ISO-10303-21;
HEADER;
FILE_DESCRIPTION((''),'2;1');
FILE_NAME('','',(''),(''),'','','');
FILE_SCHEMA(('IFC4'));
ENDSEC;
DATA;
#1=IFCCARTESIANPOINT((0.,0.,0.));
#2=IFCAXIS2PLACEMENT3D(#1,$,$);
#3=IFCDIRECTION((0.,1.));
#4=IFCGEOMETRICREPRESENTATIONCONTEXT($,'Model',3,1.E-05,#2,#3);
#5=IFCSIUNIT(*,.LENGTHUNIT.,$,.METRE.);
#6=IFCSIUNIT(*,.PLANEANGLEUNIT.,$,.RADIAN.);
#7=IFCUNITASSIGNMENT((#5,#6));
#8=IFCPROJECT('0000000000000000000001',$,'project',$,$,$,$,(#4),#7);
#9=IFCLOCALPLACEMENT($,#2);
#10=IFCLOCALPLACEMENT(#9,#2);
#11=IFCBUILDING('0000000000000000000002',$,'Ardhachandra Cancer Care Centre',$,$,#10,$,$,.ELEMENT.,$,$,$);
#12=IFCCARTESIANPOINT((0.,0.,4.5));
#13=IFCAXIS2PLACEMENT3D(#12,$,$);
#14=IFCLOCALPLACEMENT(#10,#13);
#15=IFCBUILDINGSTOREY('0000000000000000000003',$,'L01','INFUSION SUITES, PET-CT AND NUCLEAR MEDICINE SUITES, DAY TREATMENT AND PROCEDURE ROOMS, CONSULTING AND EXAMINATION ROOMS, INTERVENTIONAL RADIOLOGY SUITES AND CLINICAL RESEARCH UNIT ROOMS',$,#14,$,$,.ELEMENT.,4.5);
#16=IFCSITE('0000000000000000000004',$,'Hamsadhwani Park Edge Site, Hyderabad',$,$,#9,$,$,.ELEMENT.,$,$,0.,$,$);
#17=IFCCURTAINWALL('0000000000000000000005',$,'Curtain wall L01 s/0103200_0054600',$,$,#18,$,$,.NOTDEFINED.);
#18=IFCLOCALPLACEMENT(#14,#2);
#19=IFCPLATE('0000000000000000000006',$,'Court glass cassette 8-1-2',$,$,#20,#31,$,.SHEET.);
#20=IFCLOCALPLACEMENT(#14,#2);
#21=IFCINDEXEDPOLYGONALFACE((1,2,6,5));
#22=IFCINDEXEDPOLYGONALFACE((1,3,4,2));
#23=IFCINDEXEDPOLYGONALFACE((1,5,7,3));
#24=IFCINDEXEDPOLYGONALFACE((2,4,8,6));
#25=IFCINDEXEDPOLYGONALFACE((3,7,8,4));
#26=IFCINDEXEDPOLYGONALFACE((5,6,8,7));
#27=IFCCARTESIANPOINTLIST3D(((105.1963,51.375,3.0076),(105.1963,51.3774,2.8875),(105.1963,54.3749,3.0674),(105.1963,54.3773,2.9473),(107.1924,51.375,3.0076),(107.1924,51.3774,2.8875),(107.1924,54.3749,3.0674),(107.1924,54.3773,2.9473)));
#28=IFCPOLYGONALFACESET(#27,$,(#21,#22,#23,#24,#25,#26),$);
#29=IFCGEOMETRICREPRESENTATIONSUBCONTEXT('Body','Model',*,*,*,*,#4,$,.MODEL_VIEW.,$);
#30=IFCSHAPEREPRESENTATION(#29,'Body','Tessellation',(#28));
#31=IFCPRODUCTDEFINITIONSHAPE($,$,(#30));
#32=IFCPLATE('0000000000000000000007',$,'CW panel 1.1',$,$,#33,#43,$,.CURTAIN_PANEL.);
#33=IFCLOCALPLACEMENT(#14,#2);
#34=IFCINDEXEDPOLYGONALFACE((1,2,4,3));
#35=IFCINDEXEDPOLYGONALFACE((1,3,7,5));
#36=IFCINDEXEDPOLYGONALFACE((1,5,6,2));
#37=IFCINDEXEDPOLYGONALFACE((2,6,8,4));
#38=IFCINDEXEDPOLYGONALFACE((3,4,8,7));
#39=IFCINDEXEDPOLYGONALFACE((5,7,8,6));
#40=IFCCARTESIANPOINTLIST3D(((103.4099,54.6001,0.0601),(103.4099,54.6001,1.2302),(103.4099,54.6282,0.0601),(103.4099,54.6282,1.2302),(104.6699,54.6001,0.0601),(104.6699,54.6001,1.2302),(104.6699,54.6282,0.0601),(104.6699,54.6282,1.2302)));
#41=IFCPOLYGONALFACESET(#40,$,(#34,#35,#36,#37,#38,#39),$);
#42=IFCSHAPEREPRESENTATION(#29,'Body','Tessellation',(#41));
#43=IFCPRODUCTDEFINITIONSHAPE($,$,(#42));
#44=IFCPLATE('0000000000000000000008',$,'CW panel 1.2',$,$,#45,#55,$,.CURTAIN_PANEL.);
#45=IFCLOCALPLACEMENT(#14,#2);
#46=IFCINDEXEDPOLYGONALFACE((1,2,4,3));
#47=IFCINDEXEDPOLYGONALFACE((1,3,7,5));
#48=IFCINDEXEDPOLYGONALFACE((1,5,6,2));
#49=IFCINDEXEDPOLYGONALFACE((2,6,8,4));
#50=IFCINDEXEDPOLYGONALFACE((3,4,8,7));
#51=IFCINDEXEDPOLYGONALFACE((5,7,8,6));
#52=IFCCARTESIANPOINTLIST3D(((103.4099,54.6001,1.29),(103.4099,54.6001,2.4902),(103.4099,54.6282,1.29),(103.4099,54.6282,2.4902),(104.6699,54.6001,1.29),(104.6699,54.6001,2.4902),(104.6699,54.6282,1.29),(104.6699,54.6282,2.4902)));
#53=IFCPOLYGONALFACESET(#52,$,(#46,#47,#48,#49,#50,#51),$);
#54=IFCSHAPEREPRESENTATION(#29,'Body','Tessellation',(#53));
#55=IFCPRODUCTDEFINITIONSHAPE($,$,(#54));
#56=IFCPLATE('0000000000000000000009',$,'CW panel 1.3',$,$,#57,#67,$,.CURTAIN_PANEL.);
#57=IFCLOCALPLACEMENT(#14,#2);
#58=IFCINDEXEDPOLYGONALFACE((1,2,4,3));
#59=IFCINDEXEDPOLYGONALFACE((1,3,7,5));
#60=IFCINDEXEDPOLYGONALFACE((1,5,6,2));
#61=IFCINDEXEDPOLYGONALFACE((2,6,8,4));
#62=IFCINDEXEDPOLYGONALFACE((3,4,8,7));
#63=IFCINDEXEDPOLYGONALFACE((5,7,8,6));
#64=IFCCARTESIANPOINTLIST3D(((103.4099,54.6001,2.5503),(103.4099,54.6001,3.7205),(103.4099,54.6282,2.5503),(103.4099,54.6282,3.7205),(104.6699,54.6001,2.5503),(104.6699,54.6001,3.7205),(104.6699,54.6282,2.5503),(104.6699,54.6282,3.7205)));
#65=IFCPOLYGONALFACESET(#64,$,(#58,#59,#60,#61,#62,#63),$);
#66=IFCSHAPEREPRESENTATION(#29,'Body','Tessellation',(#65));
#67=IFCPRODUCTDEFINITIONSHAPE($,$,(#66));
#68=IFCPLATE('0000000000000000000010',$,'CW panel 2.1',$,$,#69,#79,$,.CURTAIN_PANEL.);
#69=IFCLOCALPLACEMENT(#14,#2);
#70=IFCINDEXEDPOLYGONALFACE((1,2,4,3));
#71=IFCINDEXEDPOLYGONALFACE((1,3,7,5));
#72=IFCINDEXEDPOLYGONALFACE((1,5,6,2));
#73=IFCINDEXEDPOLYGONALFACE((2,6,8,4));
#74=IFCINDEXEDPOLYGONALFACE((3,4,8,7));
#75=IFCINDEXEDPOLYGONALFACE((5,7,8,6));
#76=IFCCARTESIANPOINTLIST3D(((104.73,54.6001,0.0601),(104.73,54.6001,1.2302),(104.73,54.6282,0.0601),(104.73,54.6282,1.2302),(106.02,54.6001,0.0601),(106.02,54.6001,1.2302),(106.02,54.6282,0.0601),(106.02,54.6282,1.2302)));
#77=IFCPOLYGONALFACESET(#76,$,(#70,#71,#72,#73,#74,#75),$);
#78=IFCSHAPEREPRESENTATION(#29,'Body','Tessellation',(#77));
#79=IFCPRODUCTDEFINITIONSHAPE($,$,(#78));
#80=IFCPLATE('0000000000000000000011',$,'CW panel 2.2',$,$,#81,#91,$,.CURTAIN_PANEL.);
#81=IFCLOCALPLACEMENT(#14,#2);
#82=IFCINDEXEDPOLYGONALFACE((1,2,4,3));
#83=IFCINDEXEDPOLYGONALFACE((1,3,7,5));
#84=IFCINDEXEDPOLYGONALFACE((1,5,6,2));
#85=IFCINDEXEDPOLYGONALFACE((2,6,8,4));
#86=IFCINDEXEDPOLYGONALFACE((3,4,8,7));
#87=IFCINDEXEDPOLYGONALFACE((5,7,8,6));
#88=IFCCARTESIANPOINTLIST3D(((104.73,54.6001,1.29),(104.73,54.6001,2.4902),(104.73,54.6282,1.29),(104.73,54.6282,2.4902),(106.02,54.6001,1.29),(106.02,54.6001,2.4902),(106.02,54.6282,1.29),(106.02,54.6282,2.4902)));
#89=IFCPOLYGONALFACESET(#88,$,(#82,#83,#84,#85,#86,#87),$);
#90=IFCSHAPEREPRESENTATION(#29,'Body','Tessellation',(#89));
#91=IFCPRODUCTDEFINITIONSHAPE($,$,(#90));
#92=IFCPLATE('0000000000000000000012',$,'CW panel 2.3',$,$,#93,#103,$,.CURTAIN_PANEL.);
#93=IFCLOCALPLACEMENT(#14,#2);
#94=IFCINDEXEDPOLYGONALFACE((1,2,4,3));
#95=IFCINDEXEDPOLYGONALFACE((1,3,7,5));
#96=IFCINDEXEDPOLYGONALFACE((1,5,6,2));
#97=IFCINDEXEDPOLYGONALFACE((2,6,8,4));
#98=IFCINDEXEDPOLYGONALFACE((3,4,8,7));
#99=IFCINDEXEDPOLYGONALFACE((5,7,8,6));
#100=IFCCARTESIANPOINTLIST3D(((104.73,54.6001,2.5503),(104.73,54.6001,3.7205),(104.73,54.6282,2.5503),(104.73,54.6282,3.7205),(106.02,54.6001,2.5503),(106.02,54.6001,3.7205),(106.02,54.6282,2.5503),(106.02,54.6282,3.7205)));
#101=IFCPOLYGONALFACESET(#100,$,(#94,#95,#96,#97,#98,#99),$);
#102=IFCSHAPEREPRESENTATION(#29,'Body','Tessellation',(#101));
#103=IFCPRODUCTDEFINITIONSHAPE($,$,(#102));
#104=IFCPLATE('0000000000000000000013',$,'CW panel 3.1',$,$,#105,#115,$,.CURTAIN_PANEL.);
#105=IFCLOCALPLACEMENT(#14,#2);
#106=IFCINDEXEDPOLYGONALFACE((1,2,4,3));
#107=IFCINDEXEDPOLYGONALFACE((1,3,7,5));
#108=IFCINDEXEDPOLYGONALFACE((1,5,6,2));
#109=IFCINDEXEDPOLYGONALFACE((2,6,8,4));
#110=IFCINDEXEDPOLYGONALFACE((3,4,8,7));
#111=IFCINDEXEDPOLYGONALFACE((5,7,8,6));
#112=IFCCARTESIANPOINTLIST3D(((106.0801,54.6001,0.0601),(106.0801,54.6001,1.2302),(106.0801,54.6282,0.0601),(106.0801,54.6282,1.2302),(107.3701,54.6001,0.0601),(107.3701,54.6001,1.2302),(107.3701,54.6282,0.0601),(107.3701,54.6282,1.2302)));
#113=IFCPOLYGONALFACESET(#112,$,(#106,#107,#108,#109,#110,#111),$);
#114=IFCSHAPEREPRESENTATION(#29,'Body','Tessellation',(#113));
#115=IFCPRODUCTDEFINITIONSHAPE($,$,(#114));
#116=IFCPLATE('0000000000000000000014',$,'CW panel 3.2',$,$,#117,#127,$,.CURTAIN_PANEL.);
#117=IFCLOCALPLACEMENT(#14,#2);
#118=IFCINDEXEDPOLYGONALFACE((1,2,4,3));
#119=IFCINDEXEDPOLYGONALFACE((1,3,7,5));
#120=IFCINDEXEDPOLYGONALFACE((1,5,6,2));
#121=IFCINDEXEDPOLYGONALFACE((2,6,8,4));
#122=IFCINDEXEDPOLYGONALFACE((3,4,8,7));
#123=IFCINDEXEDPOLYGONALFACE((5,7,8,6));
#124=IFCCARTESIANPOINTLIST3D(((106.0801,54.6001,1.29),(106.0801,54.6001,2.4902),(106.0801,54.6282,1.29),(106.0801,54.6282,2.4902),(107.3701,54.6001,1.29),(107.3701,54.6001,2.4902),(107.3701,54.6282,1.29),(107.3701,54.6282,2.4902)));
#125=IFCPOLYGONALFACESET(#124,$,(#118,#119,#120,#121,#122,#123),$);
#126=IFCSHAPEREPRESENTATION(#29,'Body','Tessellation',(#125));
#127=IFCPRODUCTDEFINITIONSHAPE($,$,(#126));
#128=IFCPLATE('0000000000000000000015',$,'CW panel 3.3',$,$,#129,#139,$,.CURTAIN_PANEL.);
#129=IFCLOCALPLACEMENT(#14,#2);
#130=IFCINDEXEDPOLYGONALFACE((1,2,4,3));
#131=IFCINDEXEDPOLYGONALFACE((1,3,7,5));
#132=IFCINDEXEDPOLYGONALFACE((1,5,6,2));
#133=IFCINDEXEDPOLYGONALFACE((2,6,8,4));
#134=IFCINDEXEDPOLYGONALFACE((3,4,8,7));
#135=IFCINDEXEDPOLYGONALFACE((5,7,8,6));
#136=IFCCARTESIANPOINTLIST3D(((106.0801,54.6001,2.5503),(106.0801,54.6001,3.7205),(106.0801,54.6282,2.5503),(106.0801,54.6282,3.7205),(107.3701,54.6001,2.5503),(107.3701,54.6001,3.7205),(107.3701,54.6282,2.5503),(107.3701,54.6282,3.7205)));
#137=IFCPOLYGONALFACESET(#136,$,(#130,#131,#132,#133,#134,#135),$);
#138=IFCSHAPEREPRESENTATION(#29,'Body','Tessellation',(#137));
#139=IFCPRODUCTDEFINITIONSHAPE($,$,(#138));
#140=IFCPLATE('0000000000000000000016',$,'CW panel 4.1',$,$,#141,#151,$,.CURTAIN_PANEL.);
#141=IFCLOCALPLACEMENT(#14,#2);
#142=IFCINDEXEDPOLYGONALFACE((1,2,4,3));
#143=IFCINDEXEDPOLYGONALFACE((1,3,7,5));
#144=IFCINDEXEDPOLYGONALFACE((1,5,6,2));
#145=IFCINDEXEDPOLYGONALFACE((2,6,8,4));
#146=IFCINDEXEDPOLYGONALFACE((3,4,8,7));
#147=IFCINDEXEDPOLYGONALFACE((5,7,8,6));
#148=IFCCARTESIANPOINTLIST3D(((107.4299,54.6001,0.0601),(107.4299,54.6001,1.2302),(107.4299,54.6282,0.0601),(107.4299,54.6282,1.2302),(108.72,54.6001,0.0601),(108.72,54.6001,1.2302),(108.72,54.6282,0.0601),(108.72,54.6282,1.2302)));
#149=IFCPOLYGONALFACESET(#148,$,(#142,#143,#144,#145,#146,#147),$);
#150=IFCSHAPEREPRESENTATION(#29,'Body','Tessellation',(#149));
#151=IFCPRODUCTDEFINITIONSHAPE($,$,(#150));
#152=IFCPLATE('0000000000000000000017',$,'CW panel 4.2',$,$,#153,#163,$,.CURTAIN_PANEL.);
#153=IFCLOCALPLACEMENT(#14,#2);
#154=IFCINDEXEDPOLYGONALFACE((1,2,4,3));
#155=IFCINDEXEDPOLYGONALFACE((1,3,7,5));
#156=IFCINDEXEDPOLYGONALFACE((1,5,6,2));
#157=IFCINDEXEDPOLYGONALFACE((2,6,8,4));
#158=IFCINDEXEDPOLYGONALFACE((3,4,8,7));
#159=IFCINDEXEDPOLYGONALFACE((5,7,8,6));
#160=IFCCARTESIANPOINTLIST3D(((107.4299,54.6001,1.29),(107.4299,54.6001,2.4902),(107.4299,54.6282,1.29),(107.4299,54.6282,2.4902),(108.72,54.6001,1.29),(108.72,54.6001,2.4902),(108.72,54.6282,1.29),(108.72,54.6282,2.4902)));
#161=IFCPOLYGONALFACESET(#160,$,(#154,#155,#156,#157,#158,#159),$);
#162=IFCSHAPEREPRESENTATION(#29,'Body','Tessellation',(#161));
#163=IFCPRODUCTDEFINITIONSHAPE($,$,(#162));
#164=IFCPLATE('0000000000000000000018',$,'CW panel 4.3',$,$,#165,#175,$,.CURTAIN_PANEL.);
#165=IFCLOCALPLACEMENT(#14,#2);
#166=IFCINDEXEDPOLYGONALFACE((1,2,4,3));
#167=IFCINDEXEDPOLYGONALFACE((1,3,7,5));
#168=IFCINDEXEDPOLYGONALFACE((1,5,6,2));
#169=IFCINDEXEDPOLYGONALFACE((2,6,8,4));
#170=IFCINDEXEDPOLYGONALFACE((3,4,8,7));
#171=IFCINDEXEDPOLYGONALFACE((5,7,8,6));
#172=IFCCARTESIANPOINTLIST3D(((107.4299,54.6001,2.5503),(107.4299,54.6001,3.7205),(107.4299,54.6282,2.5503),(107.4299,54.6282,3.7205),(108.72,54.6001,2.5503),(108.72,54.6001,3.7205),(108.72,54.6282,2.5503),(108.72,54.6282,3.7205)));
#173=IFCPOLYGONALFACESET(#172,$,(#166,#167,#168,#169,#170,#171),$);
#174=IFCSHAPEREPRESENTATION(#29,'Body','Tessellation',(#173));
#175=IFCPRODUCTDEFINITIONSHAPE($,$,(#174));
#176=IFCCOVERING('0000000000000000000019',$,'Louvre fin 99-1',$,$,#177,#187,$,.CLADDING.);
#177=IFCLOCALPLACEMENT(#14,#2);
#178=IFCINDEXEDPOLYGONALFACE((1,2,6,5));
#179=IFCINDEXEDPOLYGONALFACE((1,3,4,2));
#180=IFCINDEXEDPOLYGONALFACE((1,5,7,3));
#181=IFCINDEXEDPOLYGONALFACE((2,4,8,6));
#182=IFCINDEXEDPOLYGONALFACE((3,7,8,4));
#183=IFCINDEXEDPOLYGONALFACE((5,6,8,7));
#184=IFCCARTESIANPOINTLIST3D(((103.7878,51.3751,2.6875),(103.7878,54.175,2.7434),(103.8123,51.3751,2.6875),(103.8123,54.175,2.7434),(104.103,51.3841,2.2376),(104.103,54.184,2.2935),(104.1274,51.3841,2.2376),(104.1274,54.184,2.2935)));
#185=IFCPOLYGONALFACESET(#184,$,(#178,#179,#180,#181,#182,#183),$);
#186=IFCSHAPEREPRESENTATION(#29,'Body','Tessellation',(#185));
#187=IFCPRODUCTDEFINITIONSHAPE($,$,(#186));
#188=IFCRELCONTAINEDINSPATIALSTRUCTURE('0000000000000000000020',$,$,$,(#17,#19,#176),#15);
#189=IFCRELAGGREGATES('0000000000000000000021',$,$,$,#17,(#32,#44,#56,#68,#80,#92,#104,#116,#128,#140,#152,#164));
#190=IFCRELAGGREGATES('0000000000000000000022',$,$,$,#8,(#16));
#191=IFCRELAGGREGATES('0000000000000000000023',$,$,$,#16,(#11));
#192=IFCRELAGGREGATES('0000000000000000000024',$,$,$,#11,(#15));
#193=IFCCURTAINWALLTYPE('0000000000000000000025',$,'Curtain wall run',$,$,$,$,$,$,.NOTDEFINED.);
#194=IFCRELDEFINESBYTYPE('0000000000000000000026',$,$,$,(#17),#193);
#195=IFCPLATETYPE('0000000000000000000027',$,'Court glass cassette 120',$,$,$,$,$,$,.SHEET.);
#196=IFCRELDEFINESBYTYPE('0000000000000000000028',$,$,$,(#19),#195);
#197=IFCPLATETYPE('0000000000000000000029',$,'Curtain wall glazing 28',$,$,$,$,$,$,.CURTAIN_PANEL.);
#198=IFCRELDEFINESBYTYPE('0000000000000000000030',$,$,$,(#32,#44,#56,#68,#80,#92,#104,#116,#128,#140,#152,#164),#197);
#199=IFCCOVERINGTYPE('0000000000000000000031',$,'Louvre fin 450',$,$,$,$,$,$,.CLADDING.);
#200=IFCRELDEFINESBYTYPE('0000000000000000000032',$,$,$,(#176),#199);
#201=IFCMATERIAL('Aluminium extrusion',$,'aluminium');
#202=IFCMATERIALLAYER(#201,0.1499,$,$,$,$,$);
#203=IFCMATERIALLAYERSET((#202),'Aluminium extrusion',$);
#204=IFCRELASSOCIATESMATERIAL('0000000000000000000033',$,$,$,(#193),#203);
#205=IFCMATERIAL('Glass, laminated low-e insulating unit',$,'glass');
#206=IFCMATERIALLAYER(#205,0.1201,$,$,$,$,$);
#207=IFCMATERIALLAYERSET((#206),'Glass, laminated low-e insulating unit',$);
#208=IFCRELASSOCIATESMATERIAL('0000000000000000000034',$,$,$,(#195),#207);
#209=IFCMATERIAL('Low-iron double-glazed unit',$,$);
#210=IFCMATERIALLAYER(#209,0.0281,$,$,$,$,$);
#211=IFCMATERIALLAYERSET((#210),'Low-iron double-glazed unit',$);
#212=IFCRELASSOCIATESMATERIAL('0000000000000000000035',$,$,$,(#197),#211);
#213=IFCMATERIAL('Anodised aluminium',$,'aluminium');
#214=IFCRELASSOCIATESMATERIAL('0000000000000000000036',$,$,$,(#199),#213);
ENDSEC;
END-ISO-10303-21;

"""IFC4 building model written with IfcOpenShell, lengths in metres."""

from ifc_helpers import new_model, si_unit, direction, frame, origin, place, context, subcontext, project, spatial, polyline, outline, extrude, material, layer, layer_set, material_profile, profile_set, type_object, element, aggregate, save


model = new_model("IFC4")

# Units and contexts
model_context = context("Model", 3, precision=1e-05, world=origin(), true_north=direction((0.0, 1.0)))
body_context = subcontext(model_context, "Body", "Model", "MODEL_VIEW")
ifc_project = project(units=[si_unit("LENGTHUNIT", "METRE"), si_unit("PLANEANGLEUNIT", "RADIAN")], contexts=[model_context])

# Site, building, storey
site_placement = place(None, origin())
site = spatial("IfcSite", under=ifc_project, at=site_placement, Name="Hamsadhwani Park Edge Site, Hyderabad", CompositionType="ELEMENT", RefElevation=0.0)
building_placement = place(site_placement, origin())
building = spatial("IfcBuilding", under=site, at=building_placement, Name="Ardhachandra Cancer Care Centre", CompositionType="ELEMENT")
storey_placement = place(building_placement, frame((0.0, 0.0, 4.5)))
storey = spatial("IfcBuildingStorey", under=building, at=storey_placement, Name="L01", Description="INFUSION SUITES, PET-CT AND NUCLEAR MEDICINE SUITES, DAY TREATMENT AND PROCEDURE ROOMS, CONSULTING AND EXAMINATION ROOMS, INTERVENTIONAL RADIOLOGY SUITES AND CLINICAL RESEARCH UNIT ROOMS", CompositionType="ELEMENT", Elevation=4.5)

# Curtain wall
ifc_material_1 = material(Name="Aluminium extrusion", Category="aluminium")
ifc_layer_1 = layer(ifc_material_1, 0.1499)
ifc_layer_set_1 = layer_set([ifc_layer_1], Name="Aluminium extrusion")
curtain_wall_type = type_object("IfcCurtainWallType", Name="Curtain wall run", PredefinedType="NOTDEFINED", material=ifc_layer_set_1)
curtain_wall_placement = place(storey_placement, origin())
curtain_wall = element("IfcCurtainWall", 1, at=curtain_wall_placement, inside=storey, type_object=curtain_wall_type, Name="Curtain wall L01 s/0103200_0054600", PredefinedType="NOTDEFINED")

# Plates
ifc_material_2 = material(Name="Glass, laminated low-e insulating unit", Category="glass")
ifc_layer_2 = layer(ifc_material_2, 0.1201)
ifc_layer_set_2 = layer_set([ifc_layer_2], Name="Glass, laminated low-e insulating unit")
plate_type_1 = type_object("IfcPlateType", Name="Court glass cassette 120", PredefinedType="SHEET", material=ifc_layer_set_2)
plate_1_placement = place(storey_placement, frame((107.1924, 51.375, 3.0076), z_axis=(0.0, -0.019934, 0.999801), x_axis=(-1.0, 0.0, 0.0)))
element("IfcPlate", 2, at=plate_1_placement, inside=storey, type_object=plate_type_1, Name="Court glass cassette 8-1-2", PredefinedType="SHEET", context=body_context, shape_type="SweptSolid", body=[
    extrude(outline(polyline([(0.0, -3.0005), (1.9961, -3.0005), (1.9961, 0.0), (0.0, 0.0), (0.0, -3.0005)])), frame((0.0, 0.0, -0.1201)), (0.0, 0.0, 1.0), 0.1201),
])
ifc_material_3 = material(Name="Low-iron double-glazed unit")
ifc_layer_3 = layer(ifc_material_3, 0.0281)
ifc_layer_set_3 = layer_set([ifc_layer_3], Name="Low-iron double-glazed unit")
plate_type_2 = type_object("IfcPlateType", Name="Curtain wall glazing 28", PredefinedType="CURTAIN_PANEL", material=ifc_layer_set_3)
plate_2_placement = place(storey_placement, frame((103.4099, 54.6001, 0.0601), z_axis=(0.0, 1.0, 0.0), x_axis=(0.0, 0.0, 1.0)))
plate_2 = element("IfcPlate", 3, at=plate_2_placement, type_object=plate_type_2, Name="CW panel 1.1", PredefinedType="CURTAIN_PANEL", context=body_context, shape_type="SweptSolid", body=[
    extrude(outline(polyline([(0.0, 0.0), (1.1702, 0.0), (1.1702, 1.26), (0.0, 1.26), (0.0, 0.0)])), origin(), (0.0, 0.0, 1.0), 0.0281),
])
plate_3_placement = place(storey_placement, frame((103.4099, 54.6001, 1.29), z_axis=(0.0, 1.0, 0.0), x_axis=(0.0, 0.0, 1.0)))
plate_3 = element("IfcPlate", 4, at=plate_3_placement, type_object=plate_type_2, Name="CW panel 1.2", PredefinedType="CURTAIN_PANEL", context=body_context, shape_type="SweptSolid", body=[
    extrude(outline(polyline([(0.0, 0.0), (1.2002, 0.0), (1.2002, 1.26), (0.0, 1.26), (0.0, 0.0)])), origin(), (0.0, 0.0, 1.0), 0.0281),
])
plate_4_placement = place(storey_placement, frame((103.4099, 54.6001, 2.5503), z_axis=(0.0, 1.0, 0.0), x_axis=(0.0, 0.0, 1.0)))
plate_4 = element("IfcPlate", 5, at=plate_4_placement, type_object=plate_type_2, Name="CW panel 1.3", PredefinedType="CURTAIN_PANEL", context=body_context, shape_type="SweptSolid", body=[
    extrude(outline(polyline([(0.0, 0.0), (1.1702, 0.0), (1.1702, 1.26), (0.0, 1.26), (0.0, 0.0)])), origin(), (0.0, 0.0, 1.0), 0.0281),
])
plate_5_placement = place(storey_placement, frame((104.73, 54.6001, 0.0601), z_axis=(0.0, 1.0, 0.0), x_axis=(0.0, 0.0, 1.0)))
plate_5 = element("IfcPlate", 6, at=plate_5_placement, type_object=plate_type_2, Name="CW panel 2.1", PredefinedType="CURTAIN_PANEL", context=body_context, shape_type="SweptSolid", body=[
    extrude(outline(polyline([(0.0, 0.0), (1.1702, 0.0), (1.1702, 1.29), (0.0, 1.29), (0.0, 0.0)])), origin(), (0.0, 0.0, 1.0), 0.0281),
])
plate_6_placement = place(storey_placement, frame((104.73, 54.6001, 1.29), z_axis=(0.0, 1.0, 0.0), x_axis=(0.0, 0.0, 1.0)))
plate_6 = element("IfcPlate", 7, at=plate_6_placement, type_object=plate_type_2, Name="CW panel 2.2", PredefinedType="CURTAIN_PANEL", context=body_context, shape_type="SweptSolid", body=[
    extrude(outline(polyline([(0.0, 0.0), (1.2002, 0.0), (1.2002, 1.29), (0.0, 1.29), (0.0, 0.0)])), origin(), (0.0, 0.0, 1.0), 0.0281),
])
plate_7_placement = place(storey_placement, frame((104.73, 54.6001, 2.5503), z_axis=(0.0, 1.0, 0.0), x_axis=(0.0, 0.0, 1.0)))
plate_7 = element("IfcPlate", 8, at=plate_7_placement, type_object=plate_type_2, Name="CW panel 2.3", PredefinedType="CURTAIN_PANEL", context=body_context, shape_type="SweptSolid", body=[
    extrude(outline(polyline([(0.0, 0.0), (1.1702, 0.0), (1.1702, 1.29), (0.0, 1.29), (0.0, 0.0)])), origin(), (0.0, 0.0, 1.0), 0.0281),
])
plate_8_placement = place(storey_placement, frame((106.0801, 54.6001, 0.0601), z_axis=(0.0, 1.0, 0.0), x_axis=(0.0, 0.0, 1.0)))
plate_8 = element("IfcPlate", 9, at=plate_8_placement, type_object=plate_type_2, Name="CW panel 3.1", PredefinedType="CURTAIN_PANEL", context=body_context, shape_type="SweptSolid", body=[
    extrude(outline(polyline([(0.0, 0.0), (1.1702, 0.0), (1.1702, 1.29), (0.0, 1.29), (0.0, 0.0)])), origin(), (0.0, 0.0, 1.0), 0.0281),
])
plate_9_placement = place(storey_placement, frame((106.0801, 54.6001, 1.29), z_axis=(0.0, 1.0, 0.0), x_axis=(0.0, 0.0, 1.0)))
plate_9 = element("IfcPlate", 10, at=plate_9_placement, type_object=plate_type_2, Name="CW panel 3.2", PredefinedType="CURTAIN_PANEL", context=body_context, shape_type="SweptSolid", body=[
    extrude(outline(polyline([(0.0, 0.0), (1.2002, 0.0), (1.2002, 1.29), (0.0, 1.29), (0.0, 0.0)])), origin(), (0.0, 0.0, 1.0), 0.0281),
])
plate_10_placement = place(storey_placement, frame((106.0801, 54.6001, 2.5503), z_axis=(0.0, 1.0, 0.0), x_axis=(0.0, 0.0, 1.0)))
plate_10 = element("IfcPlate", 11, at=plate_10_placement, type_object=plate_type_2, Name="CW panel 3.3", PredefinedType="CURTAIN_PANEL", context=body_context, shape_type="SweptSolid", body=[
    extrude(outline(polyline([(0.0, 0.0), (1.1702, 0.0), (1.1702, 1.29), (0.0, 1.29), (0.0, 0.0)])), origin(), (0.0, 0.0, 1.0), 0.0281),
])
plate_11_placement = place(storey_placement, frame((107.4299, 54.6001, 0.0601), z_axis=(0.0, 1.0, 0.0), x_axis=(0.0, 0.0, 1.0)))
plate_11 = element("IfcPlate", 12, at=plate_11_placement, type_object=plate_type_2, Name="CW panel 4.1", PredefinedType="CURTAIN_PANEL", context=body_context, shape_type="SweptSolid", body=[
    extrude(outline(polyline([(0.0, 0.0), (1.1702, 0.0), (1.1702, 1.29), (0.0, 1.29), (0.0, 0.0)])), origin(), (0.0, 0.0, 1.0), 0.0281),
])
plate_12_placement = place(storey_placement, frame((107.4299, 54.6001, 1.29), z_axis=(0.0, 1.0, 0.0), x_axis=(0.0, 0.0, 1.0)))
plate_12 = element("IfcPlate", 13, at=plate_12_placement, type_object=plate_type_2, Name="CW panel 4.2", PredefinedType="CURTAIN_PANEL", context=body_context, shape_type="SweptSolid", body=[
    extrude(outline(polyline([(0.0, 0.0), (1.2002, 0.0), (1.2002, 1.29), (0.0, 1.29), (0.0, 0.0)])), origin(), (0.0, 0.0, 1.0), 0.0281),
])
plate_13_placement = place(storey_placement, frame((107.4299, 54.6001, 2.5503), z_axis=(0.0, 1.0, 0.0), x_axis=(0.0, 0.0, 1.0)))
plate_13 = element("IfcPlate", 14, at=plate_13_placement, type_object=plate_type_2, Name="CW panel 4.3", PredefinedType="CURTAIN_PANEL", context=body_context, shape_type="SweptSolid", body=[
    extrude(outline(polyline([(0.0, 0.0), (1.1702, 0.0), (1.1702, 1.29), (0.0, 1.29), (0.0, 0.0)])), origin(), (0.0, 0.0, 1.0), 0.0281),
])
aggregate(curtain_wall, [plate_2, plate_3, plate_4, plate_5, plate_6, plate_7, plate_8, plate_9, plate_10, plate_11, plate_12, plate_13])

# Covering
ifc_material_4 = material(Name="Anodised aluminium", Category="aluminium")
ifc_material_profile_1 = material_profile(ifc_material_4, outline(polyline([(-0.0122, 0.0), (0.0122, 0.0), (0.3274, -0.45), (0.303, -0.45), (-0.0122, 0.0)])), Name="Louvre fin 450")
ifc_profile_set_1 = profile_set([ifc_material_profile_1], Name="Anodised aluminium")
covering_type = type_object("IfcCoveringType", Name="Louvre fin 450", PredefinedType="CLADDING", material=ifc_profile_set_1)
for number, where, z_axis, x_axis, name in (
    (15, (103.8, 54.175, 2.7434), (0.0, -0.999801, -0.019963), (1.0, 0.0, 0.0), "Louvre fin 99-1"),
):
    element("IfcCovering", number, at=place(storey_placement, frame(where, z_axis=z_axis, x_axis=x_axis)), inside=storey, type_object=covering_type, Name=name, PredefinedType="CLADDING", context=body_context, shape_type="SweptSolid", body=[
        extrude(outline(polyline([(-0.0122, 0.0), (0.0122, 0.0), (0.3274, -0.45), (0.303, -0.45), (-0.0122, 0.0)])), origin(), (0.0, 0.0, 1.0), 2.8005),
    ])

save(model, "model.ifc")
